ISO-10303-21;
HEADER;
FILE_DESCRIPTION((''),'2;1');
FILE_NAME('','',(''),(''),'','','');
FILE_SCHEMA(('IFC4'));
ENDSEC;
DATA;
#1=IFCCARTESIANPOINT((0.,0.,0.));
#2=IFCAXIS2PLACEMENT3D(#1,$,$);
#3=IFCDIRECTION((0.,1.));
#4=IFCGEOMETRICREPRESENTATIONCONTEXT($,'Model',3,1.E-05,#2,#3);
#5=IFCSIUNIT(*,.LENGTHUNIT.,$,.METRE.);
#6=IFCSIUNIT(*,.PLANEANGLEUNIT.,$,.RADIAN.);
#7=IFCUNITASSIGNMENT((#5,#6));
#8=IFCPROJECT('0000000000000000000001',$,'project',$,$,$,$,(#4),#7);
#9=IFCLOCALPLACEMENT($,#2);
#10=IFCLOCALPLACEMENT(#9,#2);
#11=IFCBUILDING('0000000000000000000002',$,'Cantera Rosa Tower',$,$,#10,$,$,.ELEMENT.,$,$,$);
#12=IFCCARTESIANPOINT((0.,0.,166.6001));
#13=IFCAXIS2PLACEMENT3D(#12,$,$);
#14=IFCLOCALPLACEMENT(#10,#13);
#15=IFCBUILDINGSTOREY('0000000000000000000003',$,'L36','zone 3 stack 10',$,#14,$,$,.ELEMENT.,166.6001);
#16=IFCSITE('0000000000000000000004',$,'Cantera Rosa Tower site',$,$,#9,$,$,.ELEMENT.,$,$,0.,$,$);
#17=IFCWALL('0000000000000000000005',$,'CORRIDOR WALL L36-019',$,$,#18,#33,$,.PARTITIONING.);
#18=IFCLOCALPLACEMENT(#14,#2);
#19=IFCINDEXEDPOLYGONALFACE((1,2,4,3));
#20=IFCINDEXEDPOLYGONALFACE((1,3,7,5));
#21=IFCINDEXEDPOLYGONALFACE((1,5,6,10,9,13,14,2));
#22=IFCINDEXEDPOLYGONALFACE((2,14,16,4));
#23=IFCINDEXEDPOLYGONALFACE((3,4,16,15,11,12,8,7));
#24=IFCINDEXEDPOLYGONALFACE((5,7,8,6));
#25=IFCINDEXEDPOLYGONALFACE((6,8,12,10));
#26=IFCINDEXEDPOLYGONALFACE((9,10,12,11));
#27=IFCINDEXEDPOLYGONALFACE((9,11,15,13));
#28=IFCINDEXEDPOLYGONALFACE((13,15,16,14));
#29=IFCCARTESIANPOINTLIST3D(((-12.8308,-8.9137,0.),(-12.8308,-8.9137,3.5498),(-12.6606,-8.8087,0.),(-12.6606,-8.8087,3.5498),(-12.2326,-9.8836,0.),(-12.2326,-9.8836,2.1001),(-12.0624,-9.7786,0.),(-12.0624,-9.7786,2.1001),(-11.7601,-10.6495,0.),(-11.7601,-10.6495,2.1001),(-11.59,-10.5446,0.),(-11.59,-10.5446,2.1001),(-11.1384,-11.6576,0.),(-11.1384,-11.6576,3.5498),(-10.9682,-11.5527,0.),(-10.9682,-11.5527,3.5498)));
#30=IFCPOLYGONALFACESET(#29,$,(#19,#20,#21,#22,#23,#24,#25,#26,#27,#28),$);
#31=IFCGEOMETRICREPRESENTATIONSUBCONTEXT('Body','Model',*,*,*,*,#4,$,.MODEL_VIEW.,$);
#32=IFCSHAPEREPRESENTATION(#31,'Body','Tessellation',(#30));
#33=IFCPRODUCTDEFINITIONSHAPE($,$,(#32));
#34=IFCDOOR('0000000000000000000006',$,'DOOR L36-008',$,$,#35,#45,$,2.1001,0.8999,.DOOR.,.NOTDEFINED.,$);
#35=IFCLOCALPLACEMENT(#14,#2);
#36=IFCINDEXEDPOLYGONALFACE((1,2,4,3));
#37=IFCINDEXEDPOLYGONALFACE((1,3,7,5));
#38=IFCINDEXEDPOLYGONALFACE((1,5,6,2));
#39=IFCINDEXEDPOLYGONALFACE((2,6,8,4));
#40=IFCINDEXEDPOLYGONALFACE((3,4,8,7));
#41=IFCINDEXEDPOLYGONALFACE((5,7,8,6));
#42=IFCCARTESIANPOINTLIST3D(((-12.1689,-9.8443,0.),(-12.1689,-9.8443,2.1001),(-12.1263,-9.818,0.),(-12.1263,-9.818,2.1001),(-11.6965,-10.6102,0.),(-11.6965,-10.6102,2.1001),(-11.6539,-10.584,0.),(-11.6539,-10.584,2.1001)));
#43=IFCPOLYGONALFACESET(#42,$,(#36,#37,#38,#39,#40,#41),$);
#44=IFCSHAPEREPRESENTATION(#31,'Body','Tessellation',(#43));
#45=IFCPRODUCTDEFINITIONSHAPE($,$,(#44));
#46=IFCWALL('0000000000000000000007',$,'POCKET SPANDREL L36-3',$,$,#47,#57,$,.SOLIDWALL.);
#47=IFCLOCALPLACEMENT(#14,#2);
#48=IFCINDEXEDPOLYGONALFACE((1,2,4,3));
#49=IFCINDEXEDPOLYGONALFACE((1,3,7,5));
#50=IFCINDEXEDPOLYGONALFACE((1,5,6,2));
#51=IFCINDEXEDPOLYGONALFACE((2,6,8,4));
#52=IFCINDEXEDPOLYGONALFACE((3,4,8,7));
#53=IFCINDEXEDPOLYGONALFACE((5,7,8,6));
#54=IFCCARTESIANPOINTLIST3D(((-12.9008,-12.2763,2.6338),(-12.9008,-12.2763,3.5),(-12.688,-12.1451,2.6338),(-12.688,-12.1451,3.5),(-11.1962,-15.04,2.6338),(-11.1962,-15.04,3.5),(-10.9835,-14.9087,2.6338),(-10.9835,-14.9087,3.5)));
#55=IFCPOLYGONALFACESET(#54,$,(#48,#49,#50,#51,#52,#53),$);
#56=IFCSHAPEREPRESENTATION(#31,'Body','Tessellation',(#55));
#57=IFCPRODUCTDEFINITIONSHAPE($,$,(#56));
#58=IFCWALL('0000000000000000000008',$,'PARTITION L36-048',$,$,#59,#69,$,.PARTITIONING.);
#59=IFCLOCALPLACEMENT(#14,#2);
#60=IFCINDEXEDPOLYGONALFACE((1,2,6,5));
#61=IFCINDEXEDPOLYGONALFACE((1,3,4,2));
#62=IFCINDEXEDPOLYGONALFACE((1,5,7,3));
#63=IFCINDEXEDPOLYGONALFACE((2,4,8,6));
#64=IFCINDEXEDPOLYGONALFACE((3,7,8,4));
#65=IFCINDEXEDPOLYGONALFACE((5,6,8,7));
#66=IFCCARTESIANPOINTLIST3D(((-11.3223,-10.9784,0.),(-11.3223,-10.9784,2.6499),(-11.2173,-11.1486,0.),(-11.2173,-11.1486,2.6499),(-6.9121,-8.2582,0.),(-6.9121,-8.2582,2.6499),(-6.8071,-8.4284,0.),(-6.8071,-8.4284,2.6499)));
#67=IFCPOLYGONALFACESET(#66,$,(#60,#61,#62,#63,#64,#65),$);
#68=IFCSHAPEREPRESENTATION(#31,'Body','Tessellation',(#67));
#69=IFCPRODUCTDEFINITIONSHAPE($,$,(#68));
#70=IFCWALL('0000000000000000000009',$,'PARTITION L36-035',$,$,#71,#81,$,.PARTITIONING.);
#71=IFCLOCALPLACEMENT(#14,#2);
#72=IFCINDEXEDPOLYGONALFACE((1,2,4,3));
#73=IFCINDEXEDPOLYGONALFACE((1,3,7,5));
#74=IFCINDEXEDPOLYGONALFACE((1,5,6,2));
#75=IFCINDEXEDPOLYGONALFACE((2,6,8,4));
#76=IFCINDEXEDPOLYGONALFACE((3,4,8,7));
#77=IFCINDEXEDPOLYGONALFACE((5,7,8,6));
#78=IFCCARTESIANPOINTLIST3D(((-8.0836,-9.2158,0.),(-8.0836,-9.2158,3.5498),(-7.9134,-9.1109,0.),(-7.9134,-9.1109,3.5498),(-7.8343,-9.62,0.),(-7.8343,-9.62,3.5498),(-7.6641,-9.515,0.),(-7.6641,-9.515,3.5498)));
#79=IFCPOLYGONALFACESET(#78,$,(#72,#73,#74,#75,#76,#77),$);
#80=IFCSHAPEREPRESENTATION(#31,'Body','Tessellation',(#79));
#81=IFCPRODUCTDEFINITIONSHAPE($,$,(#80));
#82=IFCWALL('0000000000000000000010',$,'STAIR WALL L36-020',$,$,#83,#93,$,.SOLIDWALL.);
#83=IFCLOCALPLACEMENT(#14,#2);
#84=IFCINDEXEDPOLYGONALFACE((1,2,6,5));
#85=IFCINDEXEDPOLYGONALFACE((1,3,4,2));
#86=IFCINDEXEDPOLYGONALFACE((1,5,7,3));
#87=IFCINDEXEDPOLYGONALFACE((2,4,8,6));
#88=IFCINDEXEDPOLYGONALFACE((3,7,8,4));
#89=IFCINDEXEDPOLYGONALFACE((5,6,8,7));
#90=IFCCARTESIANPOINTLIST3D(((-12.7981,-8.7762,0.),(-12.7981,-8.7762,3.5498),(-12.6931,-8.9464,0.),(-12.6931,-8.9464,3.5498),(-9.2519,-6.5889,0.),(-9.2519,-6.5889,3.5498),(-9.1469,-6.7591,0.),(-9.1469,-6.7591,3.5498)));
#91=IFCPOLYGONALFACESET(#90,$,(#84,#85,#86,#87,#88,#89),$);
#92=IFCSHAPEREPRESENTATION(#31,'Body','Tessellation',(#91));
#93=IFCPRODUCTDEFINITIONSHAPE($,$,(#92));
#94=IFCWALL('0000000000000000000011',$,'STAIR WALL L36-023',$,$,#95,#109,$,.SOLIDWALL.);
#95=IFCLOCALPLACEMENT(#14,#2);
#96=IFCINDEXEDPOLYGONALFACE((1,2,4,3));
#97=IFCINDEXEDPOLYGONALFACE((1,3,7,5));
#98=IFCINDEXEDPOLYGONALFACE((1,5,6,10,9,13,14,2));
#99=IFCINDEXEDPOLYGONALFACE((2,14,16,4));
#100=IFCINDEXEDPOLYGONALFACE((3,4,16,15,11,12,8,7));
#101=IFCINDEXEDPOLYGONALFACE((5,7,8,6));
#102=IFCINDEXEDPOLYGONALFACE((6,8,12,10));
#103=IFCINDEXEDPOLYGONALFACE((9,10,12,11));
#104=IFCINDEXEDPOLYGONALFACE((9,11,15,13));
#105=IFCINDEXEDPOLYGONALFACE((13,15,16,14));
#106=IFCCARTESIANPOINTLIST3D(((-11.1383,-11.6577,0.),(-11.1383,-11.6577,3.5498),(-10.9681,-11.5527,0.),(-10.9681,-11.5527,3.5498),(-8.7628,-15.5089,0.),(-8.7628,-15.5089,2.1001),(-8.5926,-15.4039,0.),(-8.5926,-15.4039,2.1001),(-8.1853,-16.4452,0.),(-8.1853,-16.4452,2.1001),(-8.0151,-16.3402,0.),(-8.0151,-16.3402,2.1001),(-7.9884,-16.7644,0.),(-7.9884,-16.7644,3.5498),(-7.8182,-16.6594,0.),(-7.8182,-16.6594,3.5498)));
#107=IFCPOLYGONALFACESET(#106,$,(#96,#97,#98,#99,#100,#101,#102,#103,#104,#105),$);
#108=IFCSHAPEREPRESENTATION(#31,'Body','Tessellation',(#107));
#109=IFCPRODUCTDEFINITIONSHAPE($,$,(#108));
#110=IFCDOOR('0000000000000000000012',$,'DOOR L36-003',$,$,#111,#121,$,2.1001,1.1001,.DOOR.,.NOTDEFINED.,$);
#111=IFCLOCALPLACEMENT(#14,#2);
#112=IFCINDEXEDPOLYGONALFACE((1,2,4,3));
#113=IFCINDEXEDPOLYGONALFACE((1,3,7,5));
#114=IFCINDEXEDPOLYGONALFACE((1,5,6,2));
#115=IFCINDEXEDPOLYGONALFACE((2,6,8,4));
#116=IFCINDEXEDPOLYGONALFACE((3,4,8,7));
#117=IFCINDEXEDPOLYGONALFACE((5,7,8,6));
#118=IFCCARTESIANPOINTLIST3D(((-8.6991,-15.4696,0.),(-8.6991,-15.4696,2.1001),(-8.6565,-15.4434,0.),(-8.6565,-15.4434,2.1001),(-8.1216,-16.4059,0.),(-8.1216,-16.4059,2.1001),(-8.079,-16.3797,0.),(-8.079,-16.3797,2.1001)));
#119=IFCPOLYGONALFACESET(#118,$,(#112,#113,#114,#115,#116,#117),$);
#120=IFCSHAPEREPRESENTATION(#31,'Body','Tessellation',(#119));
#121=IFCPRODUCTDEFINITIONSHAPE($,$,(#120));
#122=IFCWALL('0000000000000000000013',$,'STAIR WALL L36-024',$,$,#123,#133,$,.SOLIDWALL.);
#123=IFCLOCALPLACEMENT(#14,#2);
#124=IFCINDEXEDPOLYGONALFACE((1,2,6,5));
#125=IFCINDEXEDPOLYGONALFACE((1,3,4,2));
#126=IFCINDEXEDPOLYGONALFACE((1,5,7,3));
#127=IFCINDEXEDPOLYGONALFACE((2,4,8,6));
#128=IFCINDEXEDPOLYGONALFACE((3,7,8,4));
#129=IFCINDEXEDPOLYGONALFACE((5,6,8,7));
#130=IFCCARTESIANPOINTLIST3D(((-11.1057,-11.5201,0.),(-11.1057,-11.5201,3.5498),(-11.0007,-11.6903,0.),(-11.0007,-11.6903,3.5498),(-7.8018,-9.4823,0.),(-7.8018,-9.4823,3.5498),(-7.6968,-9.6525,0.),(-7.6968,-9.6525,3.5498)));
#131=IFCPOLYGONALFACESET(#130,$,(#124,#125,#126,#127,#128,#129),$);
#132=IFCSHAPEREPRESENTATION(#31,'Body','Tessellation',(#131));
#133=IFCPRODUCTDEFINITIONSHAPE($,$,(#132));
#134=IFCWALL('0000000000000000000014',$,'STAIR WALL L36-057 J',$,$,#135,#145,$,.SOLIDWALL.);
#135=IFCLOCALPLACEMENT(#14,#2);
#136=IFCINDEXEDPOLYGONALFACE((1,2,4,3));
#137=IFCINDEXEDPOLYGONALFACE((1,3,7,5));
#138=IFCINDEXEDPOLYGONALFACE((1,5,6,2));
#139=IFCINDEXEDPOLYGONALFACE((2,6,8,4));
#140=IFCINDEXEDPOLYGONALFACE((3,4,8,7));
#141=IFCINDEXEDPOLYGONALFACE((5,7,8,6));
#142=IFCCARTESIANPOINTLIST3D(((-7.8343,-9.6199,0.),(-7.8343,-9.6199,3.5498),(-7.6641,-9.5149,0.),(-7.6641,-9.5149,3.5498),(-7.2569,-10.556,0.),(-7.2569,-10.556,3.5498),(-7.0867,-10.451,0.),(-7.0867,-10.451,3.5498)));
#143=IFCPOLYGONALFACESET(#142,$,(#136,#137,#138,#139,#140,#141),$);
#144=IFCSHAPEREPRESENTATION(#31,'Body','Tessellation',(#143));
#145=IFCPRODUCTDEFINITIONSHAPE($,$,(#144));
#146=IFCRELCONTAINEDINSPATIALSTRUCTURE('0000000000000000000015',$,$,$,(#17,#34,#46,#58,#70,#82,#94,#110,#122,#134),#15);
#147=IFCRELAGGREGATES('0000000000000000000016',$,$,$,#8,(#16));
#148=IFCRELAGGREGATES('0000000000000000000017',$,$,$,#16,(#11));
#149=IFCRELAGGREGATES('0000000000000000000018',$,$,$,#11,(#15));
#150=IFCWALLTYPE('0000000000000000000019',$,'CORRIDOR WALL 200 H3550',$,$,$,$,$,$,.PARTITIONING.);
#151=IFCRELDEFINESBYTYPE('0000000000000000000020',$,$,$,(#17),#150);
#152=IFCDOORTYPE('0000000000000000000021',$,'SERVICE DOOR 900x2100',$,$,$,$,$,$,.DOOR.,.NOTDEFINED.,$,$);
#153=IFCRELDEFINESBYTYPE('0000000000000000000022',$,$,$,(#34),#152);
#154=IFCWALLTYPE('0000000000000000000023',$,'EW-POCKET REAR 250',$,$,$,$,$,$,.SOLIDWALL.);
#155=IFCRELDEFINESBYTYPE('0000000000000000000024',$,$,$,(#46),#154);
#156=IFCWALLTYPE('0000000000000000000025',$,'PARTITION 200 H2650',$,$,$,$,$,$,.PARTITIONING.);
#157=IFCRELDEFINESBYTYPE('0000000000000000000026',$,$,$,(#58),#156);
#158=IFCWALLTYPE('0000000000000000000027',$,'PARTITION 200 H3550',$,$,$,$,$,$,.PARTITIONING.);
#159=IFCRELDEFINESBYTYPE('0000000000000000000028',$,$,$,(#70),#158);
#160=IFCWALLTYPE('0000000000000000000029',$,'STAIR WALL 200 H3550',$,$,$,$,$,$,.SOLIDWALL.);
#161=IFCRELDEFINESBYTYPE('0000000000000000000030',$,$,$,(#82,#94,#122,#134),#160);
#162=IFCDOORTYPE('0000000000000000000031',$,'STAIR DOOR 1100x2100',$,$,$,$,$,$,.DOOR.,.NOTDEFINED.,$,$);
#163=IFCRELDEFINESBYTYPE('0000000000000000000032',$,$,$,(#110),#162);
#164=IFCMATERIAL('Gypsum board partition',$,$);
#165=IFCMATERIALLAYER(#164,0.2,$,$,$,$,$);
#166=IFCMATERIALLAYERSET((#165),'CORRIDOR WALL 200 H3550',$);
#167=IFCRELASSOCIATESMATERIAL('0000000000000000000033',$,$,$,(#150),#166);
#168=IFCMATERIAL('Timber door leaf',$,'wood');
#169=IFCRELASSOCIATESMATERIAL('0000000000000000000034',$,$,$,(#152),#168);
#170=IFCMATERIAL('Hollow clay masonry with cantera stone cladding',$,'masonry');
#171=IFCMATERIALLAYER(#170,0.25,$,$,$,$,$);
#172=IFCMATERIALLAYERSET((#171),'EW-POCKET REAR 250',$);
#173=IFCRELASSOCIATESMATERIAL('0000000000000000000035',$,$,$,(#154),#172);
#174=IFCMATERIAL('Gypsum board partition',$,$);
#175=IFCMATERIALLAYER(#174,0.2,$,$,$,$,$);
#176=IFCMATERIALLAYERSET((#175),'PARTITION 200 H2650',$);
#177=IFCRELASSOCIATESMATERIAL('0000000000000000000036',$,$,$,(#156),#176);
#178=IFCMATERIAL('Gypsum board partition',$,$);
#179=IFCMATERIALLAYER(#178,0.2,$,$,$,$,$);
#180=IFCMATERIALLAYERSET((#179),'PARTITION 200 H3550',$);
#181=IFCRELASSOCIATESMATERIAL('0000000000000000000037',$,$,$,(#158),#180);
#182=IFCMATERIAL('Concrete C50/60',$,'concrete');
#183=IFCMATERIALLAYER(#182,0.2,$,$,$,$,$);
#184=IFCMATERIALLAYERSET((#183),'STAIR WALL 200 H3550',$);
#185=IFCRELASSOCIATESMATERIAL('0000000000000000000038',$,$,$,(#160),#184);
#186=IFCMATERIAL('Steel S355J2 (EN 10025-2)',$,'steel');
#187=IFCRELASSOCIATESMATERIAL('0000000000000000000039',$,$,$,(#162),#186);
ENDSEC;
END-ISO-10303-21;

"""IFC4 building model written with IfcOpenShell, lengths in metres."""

from ifc_helpers import new_model, si_unit, direction, frame, frame_2d, origin, place, context, subcontext, project, spatial, rectangle, extrude, material, layer, layer_set, type_object, element, fill, save


model = new_model("IFC4")

# Units and contexts
model_context = context("Model", 3, precision=1e-05, world=origin(), true_north=direction((0.0, 1.0)))
body_context = subcontext(model_context, "Body", "Model", "MODEL_VIEW")
ifc_project = project(units=[si_unit("LENGTHUNIT", "METRE"), si_unit("PLANEANGLEUNIT", "RADIAN")], contexts=[model_context])

# Site, building, storey
site_placement = place(None, origin())
site = spatial("IfcSite", under=ifc_project, at=site_placement, Name="Cantera Rosa Tower site", CompositionType="ELEMENT", RefElevation=0.0)
building_placement = place(site_placement, origin())
building = spatial("IfcBuilding", under=site, at=building_placement, Name="Cantera Rosa Tower", CompositionType="ELEMENT")
storey_placement = place(building_placement, frame((0.0, 0.0, 166.6001)))
storey = spatial("IfcBuildingStorey", under=building, at=storey_placement, Name="L36", Description="zone 3 stack 10", CompositionType="ELEMENT", Elevation=166.6001)

# Wall, opening, door
ifc_material_1 = material(Name="Gypsum board partition")
ifc_layer_1 = layer(ifc_material_1, 0.2)
ifc_layer_set_1 = layer_set([ifc_layer_1], Name="CORRIDOR WALL 200 H3550")
wall_type_1 = type_object("IfcWallType", Name="CORRIDOR WALL 200 H3550", PredefinedType="PARTITIONING", material=ifc_layer_set_1)
wall_1_placement = place(storey_placement, frame((-12.7456, -8.8613, 0.0), z_axis=(0.0, 0.0, 1.0), x_axis=(0.524959, -0.851127, 0.0)))
wall_1 = element("IfcWall", 1, at=wall_1_placement, inside=storey, type_object=wall_type_1, Name="CORRIDOR WALL L36-019", PredefinedType="PARTITIONING", context=body_context, shape_type="SweptSolid", body=[
    extrude(rectangle(XDim=3.2239, YDim=0.2, at=frame_2d((1.6118, 0.0))), origin(), (0.0, 0.0, 1.0), 3.5498),
])
opening_1_placement = place(wall_1_placement, frame((1.1394, 0.0, 0.0)))
opening_1 = element("IfcOpeningElement", 2, at=opening_1_placement, cuts=wall_1, PredefinedType="OPENING", context=body_context, shape_type="SweptSolid", body=[
    extrude(rectangle(XDim=0.8999, YDim=2.1001, at=frame_2d((0.45, 1.05))), frame((0.0, 0.1099, 0.0), z_axis=(0.0, -1.0, 0.0), x_axis=(1.0, 0.0, 0.0)), (0.0, 0.0, 1.0), 0.22),
])
ifc_material_2 = material(Name="Timber door leaf", Category="wood")
door_type_1 = type_object("IfcDoorType", Name="SERVICE DOOR 900x2100", OperationType="NOTDEFINED", PredefinedType="DOOR", material=ifc_material_2)
door_1_placement = place(opening_1_placement, origin())
door_1 = element("IfcDoor", 3, at=door_1_placement, inside=storey, type_object=door_type_1, Name="DOOR L36-008", OperationType="NOTDEFINED", OverallHeight=2.1001, OverallWidth=0.8999, PredefinedType="DOOR", context=body_context, shape_type="SweptSolid", body=[
    extrude(rectangle(XDim=0.8999, YDim=2.1001, at=frame_2d((0.45, 1.05))), frame((0.0, 0.0249, 0.0), z_axis=(0.0, -1.0, 0.0), x_axis=(1.0, 0.0, 0.0)), (0.0, 0.0, 1.0), 0.05),
])
fill(opening_1, door_1)

# Walls
ifc_material_3 = material(Name="Hollow clay masonry with cantera stone cladding", Category="masonry")
ifc_layer_2 = layer(ifc_material_3, 0.25)
ifc_layer_set_2 = layer_set([ifc_layer_2], Name="EW-POCKET REAR 250")
wall_type_2 = type_object("IfcWallType", Name="EW-POCKET REAR 250", PredefinedType="SOLIDWALL", material=ifc_layer_set_2)
wall_2_placement = place(storey_placement, frame((-12.7944, -12.2107, 2.6338), z_axis=(0.0, 0.0, 1.0), x_axis=(0.524961, -0.851126, 0.0)))
element("IfcWall", 4, at=wall_2_placement, inside=storey, type_object=wall_type_2, Name="POCKET SPANDREL L36-3", PredefinedType="SOLIDWALL", context=body_context, shape_type="SweptSolid", body=[
    extrude(rectangle(XDim=3.2471, YDim=0.25, at=frame_2d((1.6235, 0.0))), origin(), (0.0, 0.0, 1.0), 0.8662),
])
ifc_material_4 = material(Name="Gypsum board partition")
ifc_layer_3 = layer(ifc_material_4, 0.2)
ifc_layer_set_3 = layer_set([ifc_layer_3], Name="PARTITION 200 H2650")
wall_type_3 = type_object("IfcWallType", Name="PARTITION 200 H2650", PredefinedType="PARTITIONING", material=ifc_layer_set_3)
wall_3_placement = place(storey_placement, frame((-6.8596, -8.3433, 0.0), z_axis=(0.0, 0.0, 1.0), x_axis=(-0.851118, -0.524975, 0.0)))
element("IfcWall", 5, at=wall_3_placement, inside=storey, type_object=wall_type_3, Name="PARTITION L36-048", PredefinedType="PARTITIONING", context=body_context, shape_type="SweptSolid", body=[
    extrude(rectangle(XDim=5.1816, YDim=0.2, at=frame_2d((2.5908, 0.0))), origin(), (0.0, 0.0, 1.0), 2.6499),
])
ifc_material_5 = material(Name="Gypsum board partition")
ifc_layer_4 = layer(ifc_material_5, 0.2)
ifc_layer_set_4 = layer_set([ifc_layer_4], Name="PARTITION 200 H3550")
wall_type_4 = type_object("IfcWallType", Name="PARTITION 200 H3550", PredefinedType="PARTITIONING", material=ifc_layer_set_4)
wall_4_placement = place(storey_placement, frame((-7.7493, -9.5674, 0.0), z_axis=(0.0, 0.0, 1.0), x_axis=(-0.525044, 0.851075, 0.0)))
element("IfcWall", 6, at=wall_4_placement, inside=storey, type_object=wall_type_4, Name="PARTITION L36-035", PredefinedType="PARTITIONING", context=body_context, shape_type="SweptSolid", body=[
    extrude(rectangle(XDim=0.4749, YDim=0.2, at=frame_2d((0.2373, 0.0))), origin(), (0.0, 0.0, 1.0), 3.5498),
])
ifc_material_6 = material(Name="Concrete C50/60", Category="concrete")
ifc_layer_5 = layer(ifc_material_6, 0.2)
ifc_layer_set_5 = layer_set([ifc_layer_5], Name="STAIR WALL 200 H3550")
wall_type_5 = type_object("IfcWallType", Name="STAIR WALL 200 H3550", PredefinedType="SOLIDWALL", material=ifc_layer_set_5)
wall_5_placement = place(storey_placement, frame((-12.7456, -8.8613, 0.0), z_axis=(0.0, 0.0, 1.0), x_axis=(0.851121, 0.52497, 0.0)))
element("IfcWall", 7, at=wall_5_placement, inside=storey, type_object=wall_type_5, Name="STAIR WALL L36-020", PredefinedType="SOLIDWALL", context=body_context, shape_type="SweptSolid", body=[
    extrude(rectangle(XDim=4.1665, YDim=0.2, at=frame_2d((2.0833, 0.0))), origin(), (0.0, 0.0, 1.0), 3.5498),
])

# Wall, opening, door
wall_6_placement = place(storey_placement, frame((-11.0532, -11.6052, 0.0), z_axis=(0.0, 0.0, 1.0), x_axis=(0.524983, -0.851113, 0.0)))
wall_6 = element("IfcWall", 8, at=wall_6_placement, inside=storey, type_object=wall_type_5, Name="STAIR WALL L36-023", PredefinedType="SOLIDWALL", context=body_context, shape_type="SweptSolid", body=[
    extrude(rectangle(XDim=6.0, YDim=0.2, at=frame_2d((3.0, 0.0))), origin(), (0.0, 0.0, 1.0), 3.5498),
])
opening_2_placement = place(wall_6_placement, frame((4.5249, 0.0, 0.0)))
opening_2 = element("IfcOpeningElement", 9, at=opening_2_placement, cuts=wall_6, PredefinedType="OPENING", context=body_context, shape_type="SweptSolid", body=[
    extrude(rectangle(XDim=1.1001, YDim=2.1001, at=frame_2d((0.55, 1.05))), frame((0.0, 0.1099, 0.0), z_axis=(0.0, -1.0, 0.0), x_axis=(1.0, 0.0, 0.0)), (0.0, 0.0, 1.0), 0.22),
])
ifc_material_7 = material(Name="Steel S355J2 (EN 10025-2)", Category="steel")
door_type_2 = type_object("IfcDoorType", Name="STAIR DOOR 1100x2100", OperationType="NOTDEFINED", PredefinedType="DOOR", material=ifc_material_7)
door_2_placement = place(opening_2_placement, origin())
door_2 = element("IfcDoor", 10, at=door_2_placement, inside=storey, type_object=door_type_2, Name="DOOR L36-003", OperationType="NOTDEFINED", OverallHeight=2.1001, OverallWidth=1.1001, PredefinedType="DOOR", context=body_context, shape_type="SweptSolid", body=[
    extrude(rectangle(XDim=1.1001, YDim=2.1001, at=frame_2d((0.55, 1.05))), frame((0.0, 0.0249, 0.0), z_axis=(0.0, -1.0, 0.0), x_axis=(1.0, 0.0, 0.0)), (0.0, 0.0, 1.0), 0.05),
])
fill(opening_2, door_2)

# Walls
wall_7_placement = place(storey_placement, frame((-11.0532, -11.6052, 0.0), z_axis=(0.0, 0.0, 1.0), x_axis=(0.851125, 0.524964, 0.0)))
element("IfcWall", 11, at=wall_7_placement, inside=storey, type_object=wall_type_5, Name="STAIR WALL L36-024", PredefinedType="SOLIDWALL", context=body_context, shape_type="SweptSolid", body=[
    extrude(rectangle(XDim=3.8818, YDim=0.2, at=frame_2d((1.9409, 0.0))), origin(), (0.0, 0.0, 1.0), 3.5498),
])
wall_8_placement = place(storey_placement, frame((-7.1719, -10.5034, 0.0), z_axis=(0.0, 0.0, 1.0), x_axis=(-0.525001, 0.851101, 0.0)))
element("IfcWall", 12, at=wall_8_placement, inside=storey, type_object=wall_type_5, Name="STAIR WALL L36-057 J", PredefinedType="SOLIDWALL", context=body_context, shape_type="SweptSolid", body=[
    extrude(rectangle(XDim=1.0999, YDim=0.2, at=frame_2d((0.5498, 0.0))), origin(), (0.0, 0.0, 1.0), 3.5498),
])

save(model, "model.ifc")
